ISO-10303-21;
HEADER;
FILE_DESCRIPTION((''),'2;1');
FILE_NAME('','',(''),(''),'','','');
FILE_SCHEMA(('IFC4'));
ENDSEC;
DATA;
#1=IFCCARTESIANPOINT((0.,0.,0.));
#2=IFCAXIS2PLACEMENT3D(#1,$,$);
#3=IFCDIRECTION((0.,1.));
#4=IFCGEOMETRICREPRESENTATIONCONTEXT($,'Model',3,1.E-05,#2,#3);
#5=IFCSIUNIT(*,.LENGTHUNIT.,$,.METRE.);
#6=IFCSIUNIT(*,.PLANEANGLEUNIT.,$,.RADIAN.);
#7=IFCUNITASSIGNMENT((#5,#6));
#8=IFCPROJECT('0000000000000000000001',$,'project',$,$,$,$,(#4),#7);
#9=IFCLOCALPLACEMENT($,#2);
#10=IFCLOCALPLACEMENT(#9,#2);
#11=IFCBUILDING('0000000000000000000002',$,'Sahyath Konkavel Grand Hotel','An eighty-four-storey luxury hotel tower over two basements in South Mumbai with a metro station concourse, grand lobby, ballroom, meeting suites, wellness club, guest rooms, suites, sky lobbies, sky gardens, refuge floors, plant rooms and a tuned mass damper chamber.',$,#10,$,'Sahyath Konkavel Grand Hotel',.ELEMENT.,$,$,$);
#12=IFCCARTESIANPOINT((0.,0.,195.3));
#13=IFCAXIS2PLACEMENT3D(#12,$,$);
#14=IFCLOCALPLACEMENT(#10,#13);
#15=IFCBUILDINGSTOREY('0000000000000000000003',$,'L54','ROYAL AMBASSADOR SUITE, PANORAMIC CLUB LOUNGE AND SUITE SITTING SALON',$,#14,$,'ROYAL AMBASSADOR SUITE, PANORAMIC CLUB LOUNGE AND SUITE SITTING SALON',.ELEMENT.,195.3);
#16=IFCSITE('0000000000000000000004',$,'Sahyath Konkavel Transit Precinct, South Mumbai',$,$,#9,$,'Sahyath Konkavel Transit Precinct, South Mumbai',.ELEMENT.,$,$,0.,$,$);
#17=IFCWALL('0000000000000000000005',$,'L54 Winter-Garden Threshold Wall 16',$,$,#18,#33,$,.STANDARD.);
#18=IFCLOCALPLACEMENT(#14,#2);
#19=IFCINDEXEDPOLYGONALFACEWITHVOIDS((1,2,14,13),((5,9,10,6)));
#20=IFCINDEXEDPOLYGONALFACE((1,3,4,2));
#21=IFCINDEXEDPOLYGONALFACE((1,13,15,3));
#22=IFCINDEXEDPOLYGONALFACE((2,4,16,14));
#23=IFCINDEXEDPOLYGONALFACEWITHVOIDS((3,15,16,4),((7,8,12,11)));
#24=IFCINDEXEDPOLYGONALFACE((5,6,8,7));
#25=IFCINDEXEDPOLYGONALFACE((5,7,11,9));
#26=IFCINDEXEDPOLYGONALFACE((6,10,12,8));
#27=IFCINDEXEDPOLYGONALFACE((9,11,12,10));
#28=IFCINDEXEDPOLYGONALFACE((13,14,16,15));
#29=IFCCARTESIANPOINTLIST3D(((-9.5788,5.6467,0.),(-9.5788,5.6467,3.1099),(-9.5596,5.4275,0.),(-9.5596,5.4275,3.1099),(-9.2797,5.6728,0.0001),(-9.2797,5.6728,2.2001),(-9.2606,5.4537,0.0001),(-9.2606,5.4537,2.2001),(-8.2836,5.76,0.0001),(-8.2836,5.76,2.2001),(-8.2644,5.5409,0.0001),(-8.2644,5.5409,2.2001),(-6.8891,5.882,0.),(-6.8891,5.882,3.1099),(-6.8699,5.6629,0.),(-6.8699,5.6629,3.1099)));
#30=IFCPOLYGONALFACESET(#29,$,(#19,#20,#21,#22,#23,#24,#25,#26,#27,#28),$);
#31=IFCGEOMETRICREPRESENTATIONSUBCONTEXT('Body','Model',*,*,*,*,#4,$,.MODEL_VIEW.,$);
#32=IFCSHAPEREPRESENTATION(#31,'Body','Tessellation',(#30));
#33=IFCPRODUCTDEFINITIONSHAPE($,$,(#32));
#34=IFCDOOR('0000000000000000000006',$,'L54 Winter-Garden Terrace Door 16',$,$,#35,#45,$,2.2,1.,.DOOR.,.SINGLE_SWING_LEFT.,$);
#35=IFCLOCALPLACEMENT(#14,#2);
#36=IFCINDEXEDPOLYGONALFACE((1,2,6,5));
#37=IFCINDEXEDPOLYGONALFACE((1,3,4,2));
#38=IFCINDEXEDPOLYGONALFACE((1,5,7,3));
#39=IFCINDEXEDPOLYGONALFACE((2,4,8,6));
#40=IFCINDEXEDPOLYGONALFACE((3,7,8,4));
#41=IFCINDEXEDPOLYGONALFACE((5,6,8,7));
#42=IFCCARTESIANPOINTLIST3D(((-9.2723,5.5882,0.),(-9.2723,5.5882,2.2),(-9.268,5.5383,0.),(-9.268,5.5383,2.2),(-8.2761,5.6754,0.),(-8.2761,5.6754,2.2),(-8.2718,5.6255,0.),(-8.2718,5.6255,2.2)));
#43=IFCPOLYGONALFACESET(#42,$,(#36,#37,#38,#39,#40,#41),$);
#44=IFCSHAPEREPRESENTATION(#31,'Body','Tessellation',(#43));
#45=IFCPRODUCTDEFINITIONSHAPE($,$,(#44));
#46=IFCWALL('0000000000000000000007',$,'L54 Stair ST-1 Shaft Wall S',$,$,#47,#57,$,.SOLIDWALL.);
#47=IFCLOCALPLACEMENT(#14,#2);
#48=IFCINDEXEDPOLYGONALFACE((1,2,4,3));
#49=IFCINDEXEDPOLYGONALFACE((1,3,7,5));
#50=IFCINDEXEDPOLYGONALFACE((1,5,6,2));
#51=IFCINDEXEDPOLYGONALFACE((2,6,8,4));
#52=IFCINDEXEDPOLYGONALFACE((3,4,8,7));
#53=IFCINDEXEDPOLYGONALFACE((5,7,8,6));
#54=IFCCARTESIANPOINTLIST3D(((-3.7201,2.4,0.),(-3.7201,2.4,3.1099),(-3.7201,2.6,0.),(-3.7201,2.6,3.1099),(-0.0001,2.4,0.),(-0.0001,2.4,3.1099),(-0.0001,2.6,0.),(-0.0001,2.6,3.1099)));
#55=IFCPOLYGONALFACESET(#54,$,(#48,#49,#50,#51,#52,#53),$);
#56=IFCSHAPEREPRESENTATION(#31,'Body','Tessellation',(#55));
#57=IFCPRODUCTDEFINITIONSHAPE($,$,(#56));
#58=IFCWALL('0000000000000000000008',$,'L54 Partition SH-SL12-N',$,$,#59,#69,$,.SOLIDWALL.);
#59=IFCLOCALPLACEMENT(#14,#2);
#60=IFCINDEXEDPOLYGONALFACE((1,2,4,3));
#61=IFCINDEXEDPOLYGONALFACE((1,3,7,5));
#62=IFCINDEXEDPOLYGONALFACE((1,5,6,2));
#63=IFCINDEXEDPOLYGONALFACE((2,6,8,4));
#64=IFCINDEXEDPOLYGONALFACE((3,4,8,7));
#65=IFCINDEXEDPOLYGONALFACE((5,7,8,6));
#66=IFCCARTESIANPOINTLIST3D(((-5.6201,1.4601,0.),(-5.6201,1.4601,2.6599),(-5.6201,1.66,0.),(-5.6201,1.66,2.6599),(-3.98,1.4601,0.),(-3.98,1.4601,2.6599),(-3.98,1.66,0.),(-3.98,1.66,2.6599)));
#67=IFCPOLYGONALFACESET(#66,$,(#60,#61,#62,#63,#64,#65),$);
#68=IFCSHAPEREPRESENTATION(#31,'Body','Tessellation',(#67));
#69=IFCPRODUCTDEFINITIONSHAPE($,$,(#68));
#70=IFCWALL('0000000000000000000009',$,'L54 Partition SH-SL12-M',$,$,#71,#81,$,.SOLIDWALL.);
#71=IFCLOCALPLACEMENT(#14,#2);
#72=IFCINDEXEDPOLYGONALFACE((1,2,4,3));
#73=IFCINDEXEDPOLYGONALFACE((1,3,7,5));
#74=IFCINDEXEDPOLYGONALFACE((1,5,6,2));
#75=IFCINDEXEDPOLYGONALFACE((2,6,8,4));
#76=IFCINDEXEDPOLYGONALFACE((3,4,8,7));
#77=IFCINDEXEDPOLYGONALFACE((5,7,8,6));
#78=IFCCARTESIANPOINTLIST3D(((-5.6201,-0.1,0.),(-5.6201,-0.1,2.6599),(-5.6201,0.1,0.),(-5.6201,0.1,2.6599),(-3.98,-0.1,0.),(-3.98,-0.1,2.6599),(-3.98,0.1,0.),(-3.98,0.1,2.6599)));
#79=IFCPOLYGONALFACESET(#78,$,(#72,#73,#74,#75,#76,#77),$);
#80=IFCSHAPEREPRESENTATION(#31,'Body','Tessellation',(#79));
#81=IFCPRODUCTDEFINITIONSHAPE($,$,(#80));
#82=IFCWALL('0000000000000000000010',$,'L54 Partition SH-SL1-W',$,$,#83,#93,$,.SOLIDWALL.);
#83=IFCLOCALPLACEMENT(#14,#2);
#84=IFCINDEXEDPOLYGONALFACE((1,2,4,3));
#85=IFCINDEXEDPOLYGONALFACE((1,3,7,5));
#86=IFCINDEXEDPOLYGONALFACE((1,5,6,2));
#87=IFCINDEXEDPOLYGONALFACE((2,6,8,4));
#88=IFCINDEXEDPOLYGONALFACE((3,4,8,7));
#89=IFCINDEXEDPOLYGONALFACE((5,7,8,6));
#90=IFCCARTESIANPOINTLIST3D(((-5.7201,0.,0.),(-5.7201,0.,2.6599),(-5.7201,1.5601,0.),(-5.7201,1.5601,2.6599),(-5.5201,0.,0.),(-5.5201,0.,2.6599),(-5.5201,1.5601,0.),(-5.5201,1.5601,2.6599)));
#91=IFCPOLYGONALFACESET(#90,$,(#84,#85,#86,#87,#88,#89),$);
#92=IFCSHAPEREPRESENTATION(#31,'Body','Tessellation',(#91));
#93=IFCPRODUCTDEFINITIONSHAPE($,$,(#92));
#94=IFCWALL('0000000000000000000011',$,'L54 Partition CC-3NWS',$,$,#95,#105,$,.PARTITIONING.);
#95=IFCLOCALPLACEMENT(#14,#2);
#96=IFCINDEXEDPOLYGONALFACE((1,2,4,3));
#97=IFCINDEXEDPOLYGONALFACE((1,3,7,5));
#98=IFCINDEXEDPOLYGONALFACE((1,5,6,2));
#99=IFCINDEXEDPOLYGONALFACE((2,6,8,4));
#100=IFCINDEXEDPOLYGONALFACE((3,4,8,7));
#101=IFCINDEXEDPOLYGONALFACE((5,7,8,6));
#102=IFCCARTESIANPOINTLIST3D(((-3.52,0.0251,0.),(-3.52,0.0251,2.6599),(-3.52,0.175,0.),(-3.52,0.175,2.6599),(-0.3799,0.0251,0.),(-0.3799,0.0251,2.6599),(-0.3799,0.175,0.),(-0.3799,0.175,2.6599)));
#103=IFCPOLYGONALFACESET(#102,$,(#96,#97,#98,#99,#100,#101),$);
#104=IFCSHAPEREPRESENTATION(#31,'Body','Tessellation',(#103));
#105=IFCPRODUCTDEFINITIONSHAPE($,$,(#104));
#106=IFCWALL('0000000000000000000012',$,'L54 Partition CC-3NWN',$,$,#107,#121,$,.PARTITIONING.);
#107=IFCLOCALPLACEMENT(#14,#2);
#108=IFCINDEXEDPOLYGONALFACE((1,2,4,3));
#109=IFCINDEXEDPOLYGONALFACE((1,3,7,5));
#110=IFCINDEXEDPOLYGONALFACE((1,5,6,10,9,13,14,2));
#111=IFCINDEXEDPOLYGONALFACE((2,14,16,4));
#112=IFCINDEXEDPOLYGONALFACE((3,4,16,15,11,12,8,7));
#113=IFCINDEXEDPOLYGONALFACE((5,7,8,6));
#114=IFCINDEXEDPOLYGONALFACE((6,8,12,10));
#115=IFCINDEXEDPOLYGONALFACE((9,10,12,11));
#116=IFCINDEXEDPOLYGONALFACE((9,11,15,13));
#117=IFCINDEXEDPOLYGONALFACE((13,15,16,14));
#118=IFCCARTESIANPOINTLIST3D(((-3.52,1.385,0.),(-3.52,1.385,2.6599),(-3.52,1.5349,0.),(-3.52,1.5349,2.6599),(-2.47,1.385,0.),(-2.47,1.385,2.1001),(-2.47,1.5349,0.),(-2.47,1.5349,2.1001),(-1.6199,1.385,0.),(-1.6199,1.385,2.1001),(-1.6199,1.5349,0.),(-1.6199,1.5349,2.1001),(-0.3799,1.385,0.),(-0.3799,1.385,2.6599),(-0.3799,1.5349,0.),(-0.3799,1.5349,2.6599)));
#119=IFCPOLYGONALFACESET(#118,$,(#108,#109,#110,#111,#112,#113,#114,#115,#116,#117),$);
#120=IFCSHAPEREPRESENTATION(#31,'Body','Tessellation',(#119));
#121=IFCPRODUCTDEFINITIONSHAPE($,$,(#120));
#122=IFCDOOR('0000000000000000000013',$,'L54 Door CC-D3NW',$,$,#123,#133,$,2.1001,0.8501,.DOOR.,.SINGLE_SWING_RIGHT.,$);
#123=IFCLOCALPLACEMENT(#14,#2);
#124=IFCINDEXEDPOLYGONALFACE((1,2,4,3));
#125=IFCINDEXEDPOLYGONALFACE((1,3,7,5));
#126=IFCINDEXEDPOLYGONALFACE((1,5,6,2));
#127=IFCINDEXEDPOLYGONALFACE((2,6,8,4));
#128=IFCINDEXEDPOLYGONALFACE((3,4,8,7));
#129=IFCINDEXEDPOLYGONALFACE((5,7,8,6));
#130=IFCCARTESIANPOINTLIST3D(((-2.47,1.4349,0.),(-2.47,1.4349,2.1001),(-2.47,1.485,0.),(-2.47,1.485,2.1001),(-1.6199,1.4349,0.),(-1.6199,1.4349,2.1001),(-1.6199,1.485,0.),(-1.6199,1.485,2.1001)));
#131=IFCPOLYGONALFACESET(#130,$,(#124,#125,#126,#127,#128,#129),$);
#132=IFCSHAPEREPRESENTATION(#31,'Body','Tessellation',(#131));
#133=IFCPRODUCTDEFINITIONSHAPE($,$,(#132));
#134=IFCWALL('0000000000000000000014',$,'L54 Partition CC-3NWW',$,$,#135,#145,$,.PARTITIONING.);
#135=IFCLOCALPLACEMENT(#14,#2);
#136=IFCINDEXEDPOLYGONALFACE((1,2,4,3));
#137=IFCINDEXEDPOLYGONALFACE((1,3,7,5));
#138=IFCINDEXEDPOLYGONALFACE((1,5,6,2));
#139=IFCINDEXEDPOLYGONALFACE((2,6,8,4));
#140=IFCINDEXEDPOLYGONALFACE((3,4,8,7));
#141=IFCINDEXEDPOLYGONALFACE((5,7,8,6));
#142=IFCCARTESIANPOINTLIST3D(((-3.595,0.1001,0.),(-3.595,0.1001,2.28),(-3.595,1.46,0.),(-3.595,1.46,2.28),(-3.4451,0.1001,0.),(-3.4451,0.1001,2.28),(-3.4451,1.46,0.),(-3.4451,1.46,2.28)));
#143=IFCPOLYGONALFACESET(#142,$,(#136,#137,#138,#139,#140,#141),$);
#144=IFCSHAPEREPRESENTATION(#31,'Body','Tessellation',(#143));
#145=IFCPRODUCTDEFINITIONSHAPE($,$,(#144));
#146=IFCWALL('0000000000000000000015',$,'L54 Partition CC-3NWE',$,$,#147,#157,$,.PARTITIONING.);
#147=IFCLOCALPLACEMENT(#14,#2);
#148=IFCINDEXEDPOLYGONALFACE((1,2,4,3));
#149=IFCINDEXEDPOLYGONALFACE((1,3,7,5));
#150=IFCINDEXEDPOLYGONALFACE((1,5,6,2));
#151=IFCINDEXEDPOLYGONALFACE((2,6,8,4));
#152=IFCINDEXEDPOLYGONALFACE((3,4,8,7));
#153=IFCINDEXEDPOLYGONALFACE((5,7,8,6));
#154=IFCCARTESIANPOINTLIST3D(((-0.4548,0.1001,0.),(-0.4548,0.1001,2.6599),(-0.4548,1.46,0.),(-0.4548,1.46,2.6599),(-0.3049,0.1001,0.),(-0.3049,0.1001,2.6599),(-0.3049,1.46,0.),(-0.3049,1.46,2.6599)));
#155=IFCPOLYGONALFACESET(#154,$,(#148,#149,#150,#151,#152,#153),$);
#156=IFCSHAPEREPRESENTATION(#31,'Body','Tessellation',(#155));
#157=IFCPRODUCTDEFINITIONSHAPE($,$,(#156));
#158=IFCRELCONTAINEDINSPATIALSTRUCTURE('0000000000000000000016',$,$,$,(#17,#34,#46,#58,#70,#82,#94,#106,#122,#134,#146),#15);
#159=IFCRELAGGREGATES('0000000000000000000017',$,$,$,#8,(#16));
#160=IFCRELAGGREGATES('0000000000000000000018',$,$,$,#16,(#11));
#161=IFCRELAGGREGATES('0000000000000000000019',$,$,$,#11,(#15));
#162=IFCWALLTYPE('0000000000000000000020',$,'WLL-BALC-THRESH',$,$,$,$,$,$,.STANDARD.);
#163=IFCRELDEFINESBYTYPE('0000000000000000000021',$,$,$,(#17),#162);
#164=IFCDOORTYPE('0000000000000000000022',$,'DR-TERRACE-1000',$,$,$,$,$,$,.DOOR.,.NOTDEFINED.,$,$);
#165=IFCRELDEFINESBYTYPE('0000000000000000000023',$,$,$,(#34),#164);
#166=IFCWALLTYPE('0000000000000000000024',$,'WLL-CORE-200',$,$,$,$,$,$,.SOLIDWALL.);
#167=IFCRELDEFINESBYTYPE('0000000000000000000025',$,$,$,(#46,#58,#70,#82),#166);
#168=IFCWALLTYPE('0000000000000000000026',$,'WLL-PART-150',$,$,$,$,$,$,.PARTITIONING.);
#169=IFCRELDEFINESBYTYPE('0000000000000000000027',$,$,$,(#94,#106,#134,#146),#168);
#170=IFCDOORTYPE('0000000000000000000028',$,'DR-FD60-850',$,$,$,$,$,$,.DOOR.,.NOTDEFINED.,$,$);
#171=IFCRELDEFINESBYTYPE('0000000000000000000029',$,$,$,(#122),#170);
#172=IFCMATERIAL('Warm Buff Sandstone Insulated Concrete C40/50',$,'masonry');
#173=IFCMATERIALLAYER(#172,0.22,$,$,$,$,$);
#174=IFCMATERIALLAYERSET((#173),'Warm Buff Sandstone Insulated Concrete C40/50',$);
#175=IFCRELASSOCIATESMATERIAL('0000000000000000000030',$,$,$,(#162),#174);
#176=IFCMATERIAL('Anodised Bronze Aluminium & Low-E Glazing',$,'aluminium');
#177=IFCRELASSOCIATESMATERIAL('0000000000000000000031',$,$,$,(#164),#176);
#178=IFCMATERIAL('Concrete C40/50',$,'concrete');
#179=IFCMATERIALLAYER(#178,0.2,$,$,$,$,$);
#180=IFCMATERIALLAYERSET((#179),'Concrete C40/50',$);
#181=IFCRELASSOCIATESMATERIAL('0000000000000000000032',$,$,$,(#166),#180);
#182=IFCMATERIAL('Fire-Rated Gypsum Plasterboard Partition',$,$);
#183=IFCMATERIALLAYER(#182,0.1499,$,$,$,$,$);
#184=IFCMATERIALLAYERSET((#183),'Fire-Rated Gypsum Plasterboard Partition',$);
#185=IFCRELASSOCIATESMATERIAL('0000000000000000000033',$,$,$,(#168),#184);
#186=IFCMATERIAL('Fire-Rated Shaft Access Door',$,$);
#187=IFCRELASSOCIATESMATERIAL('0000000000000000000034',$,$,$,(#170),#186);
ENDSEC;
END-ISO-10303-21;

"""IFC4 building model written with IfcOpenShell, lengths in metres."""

from ifc_helpers import new_model, si_unit, direction, frame, frame_2d, origin, origin_2d, place, context, subcontext, project, spatial, rectangle, extrude, source, transform, mapped, material, layer, layer_set, type_object, element, fill, save


model = new_model("IFC4")

# Units and contexts
model_context = context("Model", 3, precision=1e-05, world=origin(), true_north=direction((0.0, 1.0)))
body_context = subcontext(model_context, "Body", "Model", "MODEL_VIEW")
ifc_project = project(units=[si_unit("LENGTHUNIT", "METRE"), si_unit("PLANEANGLEUNIT", "RADIAN")], contexts=[model_context])

# Site, building, storey
site_placement = place(None, origin())
site = spatial("IfcSite", under=ifc_project, at=site_placement, Name="Sahyath Konkavel Transit Precinct, South Mumbai", LongName="Sahyath Konkavel Transit Precinct, South Mumbai", CompositionType="ELEMENT", RefElevation=0.0)
building_placement = place(site_placement, origin())
building = spatial("IfcBuilding", under=site, at=building_placement, Name="Sahyath Konkavel Grand Hotel", Description="An eighty-four-storey luxury hotel tower over two basements in South Mumbai with a metro station concourse, grand lobby, ballroom, meeting suites, wellness club, guest rooms, suites, sky lobbies, sky gardens, refuge floors, plant rooms and a tuned mass damper chamber.", LongName="Sahyath Konkavel Grand Hotel", CompositionType="ELEMENT")
storey_placement = place(building_placement, frame((0.0, 0.0, 195.3)))
storey = spatial("IfcBuildingStorey", under=building, at=storey_placement, Name="L54", Description="ROYAL AMBASSADOR SUITE, PANORAMIC CLUB LOUNGE AND SUITE SITTING SALON", LongName="ROYAL AMBASSADOR SUITE, PANORAMIC CLUB LOUNGE AND SUITE SITTING SALON", CompositionType="ELEMENT", Elevation=195.3)

# Shared definitions
ifc_material_1 = material(Name="Anodised Bronze Aluminium & Low-E Glazing", Category="aluminium")

# Shared definitions
ifc_material_2 = material(Name="Concrete C40/50", Category="concrete")

# Wall, opening, door
ifc_material_3 = material(Name="Warm Buff Sandstone Insulated Concrete C40/50", Category="masonry")
ifc_layer_1 = layer(ifc_material_3, 0.22)
ifc_layer_set_1 = layer_set([ifc_layer_1], Name="Warm Buff Sandstone Insulated Concrete C40/50")
wall_type_1 = type_object("IfcWallType", Name="WLL-BALC-THRESH", PredefinedType="STANDARD", material=ifc_layer_set_1)
wall_1_placement = place(storey_placement, frame((-6.8794, 5.7725, 0.0), z_axis=(0.0, 0.0, 1.0), x_axis=(-0.996194, -0.087168, 0.0)))
wall_1 = element("IfcWall", 1, at=wall_1_placement, inside=storey, type_object=wall_type_1, Name="L54 Winter-Garden Threshold Wall 16", PredefinedType="STANDARD", context=body_context, shape_type="SweptSolid", body=[
    extrude(rectangle(XDim=2.7, YDim=0.22, at=frame_2d((1.3501, 0.0))), origin(), (0.0, 0.0, 1.0), 3.1099),
])
opening_1_placement = place(wall_1_placement, frame((1.3999, 0.0, 0.0)))
opening_1 = element("IfcOpeningElement", 2, at=opening_1_placement, cuts=wall_1, PredefinedType="OPENING", context=body_context, shape_type="SweptSolid", body=[
    extrude(rectangle(XDim=1.0, YDim=2.2, at=frame_2d((0.5, 1.1001))), frame((0.0, 0.1201, 0.0), z_axis=(0.0, -1.0, 0.0), x_axis=(1.0, 0.0, 0.0)), (0.0, 0.0, 1.0), 0.24),
])
door_type_1 = type_object("IfcDoorType", Name="DR-TERRACE-1000", OperationType="NOTDEFINED", PredefinedType="DOOR", material=ifc_material_1)
shared_shape_1 = source(origin(), body_context, "Body", "SweptSolid", [
    extrude(rectangle(XDim=1.0, YDim=0.05, at=origin_2d()), origin(), (0.0, 0.0, 1.0), 2.2),
])
door_1_placement = place(opening_1_placement, frame((0.5, 0.0, 0.0)))
door_1 = element("IfcDoor", 3, at=door_1_placement, inside=storey, type_object=door_type_1, Name="L54 Winter-Garden Terrace Door 16", OperationType="SINGLE_SWING_LEFT", OverallHeight=2.2, OverallWidth=1.0, PredefinedType="DOOR", context=body_context, shape_type="MappedRepresentation", body=[
    mapped(shared_shape_1, transform((0.0, 0.0, 0.0), scale=1.0)),
])
fill(opening_1, door_1)

# Walls
ifc_layer_2 = layer(ifc_material_2, 0.2)
ifc_layer_set_2 = layer_set([ifc_layer_2], Name="Concrete C40/50")
wall_type_2 = type_object("IfcWallType", Name="WLL-CORE-200", PredefinedType="SOLIDWALL", material=ifc_layer_set_2)
wall_2_placement = place(storey_placement, frame((-3.72, 2.5, 0.0), z_axis=(0.0, 0.0, 1.0), x_axis=(1.0, 0.0, 0.0)))
element("IfcWall", 4, at=wall_2_placement, inside=storey, type_object=wall_type_2, Name="L54 Stair ST-1 Shaft Wall S", PredefinedType="SOLIDWALL", context=body_context, shape_type="SweptSolid", body=[
    extrude(rectangle(XDim=3.72, YDim=0.2, at=frame_2d((1.8599, 0.0))), origin(), (0.0, 0.0, 1.0), 3.1099),
])
for number, where, z_axis, x_axis, name in (
    (5, (-5.6201, 1.5601, 0.0), (0.0, 0.0, 1.0), (1.0, 0.0, 0.0), "L54 Partition SH-SL12-N"),
    (6, (-5.6201, 0.0, 0.0), (0.0, 0.0, 1.0), (1.0, 0.0, 0.0), "L54 Partition SH-SL12-M"),
):
    element("IfcWall", number, at=place(storey_placement, frame(where, z_axis=z_axis, x_axis=x_axis)), inside=storey, type_object=wall_type_2, Name=name, PredefinedType="SOLIDWALL", context=body_context, shape_type="SweptSolid", body=[
        extrude(rectangle(XDim=1.6401, YDim=0.2, at=frame_2d((0.8201, 0.0))), origin(), (0.0, 0.0, 1.0), 2.6599),
    ])
wall_3_placement = place(storey_placement, frame((-5.6201, 0.0, 0.0), z_axis=(0.0, 0.0, 1.0), x_axis=(0.0, 1.0, 0.0)))
element("IfcWall", 7, at=wall_3_placement, inside=storey, type_object=wall_type_2, Name="L54 Partition SH-SL1-W", PredefinedType="SOLIDWALL", context=body_context, shape_type="SweptSolid", body=[
    extrude(rectangle(XDim=1.5601, YDim=0.2, at=frame_2d((0.78, 0.0))), origin(), (0.0, 0.0, 1.0), 2.6599),
])
ifc_material_4 = material(Name="Fire-Rated Gypsum Plasterboard Partition")
ifc_layer_3 = layer(ifc_material_4, 0.1499)
ifc_layer_set_3 = layer_set([ifc_layer_3], Name="Fire-Rated Gypsum Plasterboard Partition")
wall_type_3 = type_object("IfcWallType", Name="WLL-PART-150", PredefinedType="PARTITIONING", material=ifc_layer_set_3)
wall_4_placement = place(storey_placement, frame((-3.52, 0.1001, 0.0), z_axis=(0.0, 0.0, 1.0), x_axis=(1.0, 0.0, 0.0)))
element("IfcWall", 8, at=wall_4_placement, inside=storey, type_object=wall_type_3, Name="L54 Partition CC-3NWS", PredefinedType="PARTITIONING", context=body_context, shape_type="SweptSolid", body=[
    extrude(rectangle(XDim=3.1401, YDim=0.1499, at=frame_2d((1.5701, 0.0))), origin(), (0.0, 0.0, 1.0), 2.6599),
])

# Wall, opening, door
wall_5_placement = place(storey_placement, frame((-3.52, 1.46, 0.0), z_axis=(0.0, 0.0, 1.0), x_axis=(1.0, 0.0, 0.0)))
wall_5 = element("IfcWall", 9, at=wall_5_placement, inside=storey, type_object=wall_type_3, Name="L54 Partition CC-3NWN", PredefinedType="PARTITIONING", context=body_context, shape_type="SweptSolid", body=[
    extrude(rectangle(XDim=3.1401, YDim=0.1499, at=frame_2d((1.5701, 0.0))), origin(), (0.0, 0.0, 1.0), 2.6599),
])
opening_2_placement = place(wall_5_placement, frame((1.05, 0.0, 0.0)))
opening_2 = element("IfcOpeningElement", 10, at=opening_2_placement, cuts=wall_5, PredefinedType="OPENING", context=body_context, shape_type="SweptSolid", body=[
    extrude(rectangle(XDim=0.8501, YDim=2.1001, at=frame_2d((0.425, 1.05))), frame((0.0, 0.085, 0.0), z_axis=(0.0, -1.0, 0.0), x_axis=(1.0, 0.0, 0.0)), (0.0, 0.0, 1.0), 0.1699),
])
ifc_material_5 = material(Name="Fire-Rated Shaft Access Door")
door_type_2 = type_object("IfcDoorType", Name="DR-FD60-850", OperationType="NOTDEFINED", PredefinedType="DOOR", material=ifc_material_5)
shared_shape_2 = source(origin(), body_context, "Body", "SweptSolid", [
    extrude(rectangle(XDim=0.8501, YDim=0.05, at=origin_2d()), origin(), (0.0, 0.0, 1.0), 2.1001),
])
door_2_placement = place(opening_2_placement, frame((0.425, 0.0, 0.0)))
door_2 = element("IfcDoor", 11, at=door_2_placement, inside=storey, type_object=door_type_2, Name="L54 Door CC-D3NW", OperationType="SINGLE_SWING_RIGHT", OverallHeight=2.1001, OverallWidth=0.8501, PredefinedType="DOOR", context=body_context, shape_type="MappedRepresentation", body=[
    mapped(shared_shape_2, transform((0.0, 0.0, 0.0), scale=1.0)),
])
fill(opening_2, door_2)

# Walls
wall_6_placement = place(storey_placement, frame((-3.52, 0.1001, 0.0), z_axis=(0.0, 0.0, 1.0), x_axis=(0.0, 1.0, 0.0)))
element("IfcWall", 12, at=wall_6_placement, inside=storey, type_object=wall_type_3, Name="L54 Partition CC-3NWW", PredefinedType="PARTITIONING", context=body_context, shape_type="SweptSolid", body=[
    extrude(rectangle(XDim=1.3599, YDim=0.1499, at=frame_2d((0.6799, 0.0))), origin(), (0.0, 0.0, 1.0), 2.28),
])
wall_7_placement = place(storey_placement, frame((-0.3799, 0.1001, 0.0), z_axis=(0.0, 0.0, 1.0), x_axis=(0.0, 1.0, 0.0)))
element("IfcWall", 13, at=wall_7_placement, inside=storey, type_object=wall_type_3, Name="L54 Partition CC-3NWE", PredefinedType="PARTITIONING", context=body_context, shape_type="SweptSolid", body=[
    extrude(rectangle(XDim=1.3599, YDim=0.1499, at=frame_2d((0.6799, 0.0))), origin(), (0.0, 0.0, 1.0), 2.6599),
])

save(model, "model.ifc")
